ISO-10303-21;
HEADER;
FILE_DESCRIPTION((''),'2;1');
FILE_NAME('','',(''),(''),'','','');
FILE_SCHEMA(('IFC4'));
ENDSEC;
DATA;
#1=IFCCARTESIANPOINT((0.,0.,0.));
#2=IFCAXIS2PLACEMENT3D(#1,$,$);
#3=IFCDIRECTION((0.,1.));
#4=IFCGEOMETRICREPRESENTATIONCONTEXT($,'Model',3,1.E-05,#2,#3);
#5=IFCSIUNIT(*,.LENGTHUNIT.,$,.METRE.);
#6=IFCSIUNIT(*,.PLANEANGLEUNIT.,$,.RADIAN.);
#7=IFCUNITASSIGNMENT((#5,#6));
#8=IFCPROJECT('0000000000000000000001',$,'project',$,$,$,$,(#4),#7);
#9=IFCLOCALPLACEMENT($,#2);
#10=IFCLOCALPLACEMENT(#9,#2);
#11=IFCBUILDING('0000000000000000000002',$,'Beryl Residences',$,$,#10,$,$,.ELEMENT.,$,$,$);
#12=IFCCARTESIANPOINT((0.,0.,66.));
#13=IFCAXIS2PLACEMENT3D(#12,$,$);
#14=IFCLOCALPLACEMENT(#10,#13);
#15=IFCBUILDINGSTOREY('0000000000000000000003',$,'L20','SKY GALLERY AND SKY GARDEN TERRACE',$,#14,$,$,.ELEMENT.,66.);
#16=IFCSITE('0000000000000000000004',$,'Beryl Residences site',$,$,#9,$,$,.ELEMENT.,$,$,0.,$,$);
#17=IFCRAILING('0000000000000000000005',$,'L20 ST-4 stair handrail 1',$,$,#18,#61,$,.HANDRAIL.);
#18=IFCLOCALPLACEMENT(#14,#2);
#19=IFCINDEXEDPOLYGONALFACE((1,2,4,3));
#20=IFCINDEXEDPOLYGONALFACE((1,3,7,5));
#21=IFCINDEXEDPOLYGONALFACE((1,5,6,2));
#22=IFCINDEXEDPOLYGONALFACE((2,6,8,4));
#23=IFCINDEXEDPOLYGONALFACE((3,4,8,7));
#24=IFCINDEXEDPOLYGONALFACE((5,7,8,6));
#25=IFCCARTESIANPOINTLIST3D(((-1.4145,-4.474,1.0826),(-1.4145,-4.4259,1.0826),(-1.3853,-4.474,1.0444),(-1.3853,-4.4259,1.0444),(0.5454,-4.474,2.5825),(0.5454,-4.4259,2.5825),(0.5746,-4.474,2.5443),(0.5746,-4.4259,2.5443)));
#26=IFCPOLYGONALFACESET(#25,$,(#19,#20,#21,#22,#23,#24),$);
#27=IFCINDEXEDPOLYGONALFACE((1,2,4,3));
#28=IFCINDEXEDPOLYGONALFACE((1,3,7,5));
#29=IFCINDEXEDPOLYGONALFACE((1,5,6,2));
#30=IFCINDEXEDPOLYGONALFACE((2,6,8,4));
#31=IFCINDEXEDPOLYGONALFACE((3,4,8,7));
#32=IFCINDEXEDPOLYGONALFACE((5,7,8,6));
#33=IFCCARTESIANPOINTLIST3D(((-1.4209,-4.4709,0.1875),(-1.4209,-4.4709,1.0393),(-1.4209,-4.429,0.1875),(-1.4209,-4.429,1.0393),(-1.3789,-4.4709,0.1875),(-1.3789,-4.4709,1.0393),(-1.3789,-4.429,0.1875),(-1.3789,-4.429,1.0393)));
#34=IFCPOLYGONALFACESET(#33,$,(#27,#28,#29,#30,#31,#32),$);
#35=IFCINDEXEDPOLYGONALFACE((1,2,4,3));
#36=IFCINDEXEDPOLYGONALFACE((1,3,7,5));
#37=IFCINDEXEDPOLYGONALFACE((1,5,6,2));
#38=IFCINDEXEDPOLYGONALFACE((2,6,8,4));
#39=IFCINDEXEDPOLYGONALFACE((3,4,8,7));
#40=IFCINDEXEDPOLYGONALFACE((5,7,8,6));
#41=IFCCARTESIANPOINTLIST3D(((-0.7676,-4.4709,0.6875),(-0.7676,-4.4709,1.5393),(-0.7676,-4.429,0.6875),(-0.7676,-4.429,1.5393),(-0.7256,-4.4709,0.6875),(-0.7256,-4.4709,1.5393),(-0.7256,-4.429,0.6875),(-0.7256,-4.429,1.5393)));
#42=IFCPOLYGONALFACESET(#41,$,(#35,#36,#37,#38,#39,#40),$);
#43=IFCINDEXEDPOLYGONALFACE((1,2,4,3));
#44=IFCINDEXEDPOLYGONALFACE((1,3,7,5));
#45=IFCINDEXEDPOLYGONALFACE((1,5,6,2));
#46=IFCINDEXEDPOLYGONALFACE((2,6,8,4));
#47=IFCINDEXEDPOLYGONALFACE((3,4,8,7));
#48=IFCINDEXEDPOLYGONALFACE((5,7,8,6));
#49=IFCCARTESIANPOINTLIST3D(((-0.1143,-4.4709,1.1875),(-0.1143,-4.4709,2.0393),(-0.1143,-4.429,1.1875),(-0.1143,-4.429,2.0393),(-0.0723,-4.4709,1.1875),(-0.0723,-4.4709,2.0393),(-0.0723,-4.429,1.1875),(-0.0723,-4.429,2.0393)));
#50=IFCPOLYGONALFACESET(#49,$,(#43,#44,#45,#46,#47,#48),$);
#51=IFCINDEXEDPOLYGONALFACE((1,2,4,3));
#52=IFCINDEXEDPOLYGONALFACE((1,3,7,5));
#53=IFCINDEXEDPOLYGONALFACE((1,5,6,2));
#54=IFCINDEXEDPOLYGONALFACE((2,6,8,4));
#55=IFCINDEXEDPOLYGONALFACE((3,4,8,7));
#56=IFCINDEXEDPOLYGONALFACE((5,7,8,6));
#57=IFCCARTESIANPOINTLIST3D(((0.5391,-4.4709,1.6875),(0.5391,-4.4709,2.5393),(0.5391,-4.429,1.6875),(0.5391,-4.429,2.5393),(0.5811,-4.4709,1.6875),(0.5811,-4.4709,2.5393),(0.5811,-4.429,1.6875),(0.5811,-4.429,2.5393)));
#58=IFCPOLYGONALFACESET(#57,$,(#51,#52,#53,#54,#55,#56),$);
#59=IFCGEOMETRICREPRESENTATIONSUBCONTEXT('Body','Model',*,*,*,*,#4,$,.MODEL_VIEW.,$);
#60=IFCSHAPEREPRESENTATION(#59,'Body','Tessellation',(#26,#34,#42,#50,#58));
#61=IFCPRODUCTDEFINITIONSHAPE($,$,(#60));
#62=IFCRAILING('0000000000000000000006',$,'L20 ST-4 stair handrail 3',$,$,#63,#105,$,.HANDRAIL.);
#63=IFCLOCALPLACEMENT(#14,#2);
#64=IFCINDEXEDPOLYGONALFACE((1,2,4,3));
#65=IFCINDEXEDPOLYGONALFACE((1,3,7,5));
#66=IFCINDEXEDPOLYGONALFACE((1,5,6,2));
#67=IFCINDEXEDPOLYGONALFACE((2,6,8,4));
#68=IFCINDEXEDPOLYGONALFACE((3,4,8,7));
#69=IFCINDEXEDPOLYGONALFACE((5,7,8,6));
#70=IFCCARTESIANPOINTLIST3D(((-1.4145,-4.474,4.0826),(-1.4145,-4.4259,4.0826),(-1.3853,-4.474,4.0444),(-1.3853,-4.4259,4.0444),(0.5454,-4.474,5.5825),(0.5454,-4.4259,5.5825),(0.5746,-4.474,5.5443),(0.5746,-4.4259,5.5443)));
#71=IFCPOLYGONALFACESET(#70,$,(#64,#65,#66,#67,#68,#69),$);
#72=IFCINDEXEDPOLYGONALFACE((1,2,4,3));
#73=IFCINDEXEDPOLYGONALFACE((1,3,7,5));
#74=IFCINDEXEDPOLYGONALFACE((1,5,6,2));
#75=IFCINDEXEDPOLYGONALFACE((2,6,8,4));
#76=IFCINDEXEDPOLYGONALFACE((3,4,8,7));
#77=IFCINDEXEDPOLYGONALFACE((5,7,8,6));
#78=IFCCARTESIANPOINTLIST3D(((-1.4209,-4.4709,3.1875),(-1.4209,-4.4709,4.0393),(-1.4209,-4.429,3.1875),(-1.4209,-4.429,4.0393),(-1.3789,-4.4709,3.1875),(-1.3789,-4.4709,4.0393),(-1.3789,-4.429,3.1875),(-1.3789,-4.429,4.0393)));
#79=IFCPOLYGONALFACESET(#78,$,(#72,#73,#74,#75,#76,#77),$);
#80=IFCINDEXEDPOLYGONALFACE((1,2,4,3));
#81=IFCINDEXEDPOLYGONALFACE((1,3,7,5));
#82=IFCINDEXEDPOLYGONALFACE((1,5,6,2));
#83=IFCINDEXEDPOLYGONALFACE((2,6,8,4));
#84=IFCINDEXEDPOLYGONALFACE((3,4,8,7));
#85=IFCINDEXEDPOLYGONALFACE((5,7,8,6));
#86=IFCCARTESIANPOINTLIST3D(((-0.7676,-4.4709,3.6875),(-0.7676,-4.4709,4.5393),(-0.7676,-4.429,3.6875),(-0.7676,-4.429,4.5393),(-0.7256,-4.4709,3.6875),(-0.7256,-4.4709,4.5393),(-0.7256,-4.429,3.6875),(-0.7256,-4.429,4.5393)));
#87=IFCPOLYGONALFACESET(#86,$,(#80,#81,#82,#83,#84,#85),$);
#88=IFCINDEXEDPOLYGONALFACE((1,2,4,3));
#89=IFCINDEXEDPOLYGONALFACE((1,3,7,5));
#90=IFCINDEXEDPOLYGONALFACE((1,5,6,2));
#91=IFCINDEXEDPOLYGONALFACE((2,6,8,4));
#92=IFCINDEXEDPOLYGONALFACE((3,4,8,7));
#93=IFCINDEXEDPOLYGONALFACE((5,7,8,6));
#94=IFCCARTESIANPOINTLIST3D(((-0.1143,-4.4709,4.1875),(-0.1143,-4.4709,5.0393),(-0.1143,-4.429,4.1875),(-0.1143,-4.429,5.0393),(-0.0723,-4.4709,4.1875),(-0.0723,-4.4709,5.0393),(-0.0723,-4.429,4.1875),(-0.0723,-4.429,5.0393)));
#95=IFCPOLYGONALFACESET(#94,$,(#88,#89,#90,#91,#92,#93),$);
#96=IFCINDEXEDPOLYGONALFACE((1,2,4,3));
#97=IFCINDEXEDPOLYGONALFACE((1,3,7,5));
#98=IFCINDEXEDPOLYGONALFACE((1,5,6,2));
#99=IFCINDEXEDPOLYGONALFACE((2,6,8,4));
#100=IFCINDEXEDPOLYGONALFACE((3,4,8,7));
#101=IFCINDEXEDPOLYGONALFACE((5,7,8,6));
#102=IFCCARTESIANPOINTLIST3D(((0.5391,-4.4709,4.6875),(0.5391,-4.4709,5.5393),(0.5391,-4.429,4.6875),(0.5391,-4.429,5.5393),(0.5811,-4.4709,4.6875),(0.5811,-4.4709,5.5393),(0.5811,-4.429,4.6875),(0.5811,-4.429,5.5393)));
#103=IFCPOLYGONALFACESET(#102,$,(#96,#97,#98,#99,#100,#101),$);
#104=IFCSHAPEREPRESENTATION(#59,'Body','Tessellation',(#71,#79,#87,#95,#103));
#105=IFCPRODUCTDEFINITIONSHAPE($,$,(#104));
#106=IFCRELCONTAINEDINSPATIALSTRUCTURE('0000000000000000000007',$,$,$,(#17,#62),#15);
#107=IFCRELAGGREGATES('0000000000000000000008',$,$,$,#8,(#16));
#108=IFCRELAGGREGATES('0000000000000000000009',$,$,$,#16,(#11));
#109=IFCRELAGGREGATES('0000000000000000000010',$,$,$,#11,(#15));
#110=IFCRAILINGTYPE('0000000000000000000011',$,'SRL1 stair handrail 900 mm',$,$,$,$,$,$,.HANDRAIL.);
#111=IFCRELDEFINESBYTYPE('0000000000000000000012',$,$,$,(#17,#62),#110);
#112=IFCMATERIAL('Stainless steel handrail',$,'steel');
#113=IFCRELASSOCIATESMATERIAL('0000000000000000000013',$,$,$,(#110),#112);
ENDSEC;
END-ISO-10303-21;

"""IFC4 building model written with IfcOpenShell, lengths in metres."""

from ifc_helpers import new_model, si_unit, direction, frame, origin, origin_2d, place, context, subcontext, project, spatial, rectangle, extrude, material, type_object, element, save


model = new_model("IFC4")

# Units and contexts
model_context = context("Model", 3, precision=1e-05, world=origin(), true_north=direction((0.0, 1.0)))
body_context = subcontext(model_context, "Body", "Model", "MODEL_VIEW")
ifc_project = project(units=[si_unit("LENGTHUNIT", "METRE"), si_unit("PLANEANGLEUNIT", "RADIAN")], contexts=[model_context])

# Site, building, storey
site_placement = place(None, origin())
site = spatial("IfcSite", under=ifc_project, at=site_placement, Name="Beryl Residences site", CompositionType="ELEMENT", RefElevation=0.0)
building_placement = place(site_placement, origin())
building = spatial("IfcBuilding", under=site, at=building_placement, Name="Beryl Residences", CompositionType="ELEMENT")
storey_placement = place(building_placement, frame((0.0, 0.0, 66.0)))
storey = spatial("IfcBuildingStorey", under=building, at=storey_placement, Name="L20", Description="SKY GALLERY AND SKY GARDEN TERRACE", CompositionType="ELEMENT", Elevation=66.0)

# Railings
ifc_material_1 = material(Name="Stainless steel handrail", Category="steel")
railing_type = type_object("IfcRailingType", Name="SRL1 stair handrail 900 mm", PredefinedType="HANDRAIL", material=ifc_material_1)
for number, where, name in (
    (1, (-1.3999, -4.45, 0.1875), "L20 ST-4 stair handrail 1"),
    (2, (-1.3999, -4.45, 3.1875), "L20 ST-4 stair handrail 3"),
):
    element("IfcRailing", number, at=place(storey_placement, frame(where)), inside=storey, type_object=railing_type, Name=name, PredefinedType="HANDRAIL", context=body_context, shape_type="SweptSolid", body=[
        extrude(rectangle(XDim=0.0481, YDim=0.0481, at=origin_2d()), frame((0.0, 0.0, 0.876), z_axis=(0.794122, 0.0, 0.607758), x_axis=(0.0, 1.0, 0.0)), (0.0, 0.0, 1.0), 2.468),
        extrude(rectangle(XDim=0.042, YDim=0.042, at=origin_2d()), origin(), (0.0, 0.0, 1.0), 0.8518),
        extrude(rectangle(XDim=0.042, YDim=0.042, at=origin_2d()), frame((0.6533, 0.0, 0.5)), (0.0, 0.0, 1.0), 0.8518),
        extrude(rectangle(XDim=0.042, YDim=0.042, at=origin_2d()), frame((1.3066, 0.0, 1.0)), (0.0, 0.0, 1.0), 0.8518),
        extrude(rectangle(XDim=0.042, YDim=0.042, at=origin_2d()), frame((1.96, 0.0, 1.5)), (0.0, 0.0, 1.0), 0.8518),
    ])

save(model, "model.ifc")
